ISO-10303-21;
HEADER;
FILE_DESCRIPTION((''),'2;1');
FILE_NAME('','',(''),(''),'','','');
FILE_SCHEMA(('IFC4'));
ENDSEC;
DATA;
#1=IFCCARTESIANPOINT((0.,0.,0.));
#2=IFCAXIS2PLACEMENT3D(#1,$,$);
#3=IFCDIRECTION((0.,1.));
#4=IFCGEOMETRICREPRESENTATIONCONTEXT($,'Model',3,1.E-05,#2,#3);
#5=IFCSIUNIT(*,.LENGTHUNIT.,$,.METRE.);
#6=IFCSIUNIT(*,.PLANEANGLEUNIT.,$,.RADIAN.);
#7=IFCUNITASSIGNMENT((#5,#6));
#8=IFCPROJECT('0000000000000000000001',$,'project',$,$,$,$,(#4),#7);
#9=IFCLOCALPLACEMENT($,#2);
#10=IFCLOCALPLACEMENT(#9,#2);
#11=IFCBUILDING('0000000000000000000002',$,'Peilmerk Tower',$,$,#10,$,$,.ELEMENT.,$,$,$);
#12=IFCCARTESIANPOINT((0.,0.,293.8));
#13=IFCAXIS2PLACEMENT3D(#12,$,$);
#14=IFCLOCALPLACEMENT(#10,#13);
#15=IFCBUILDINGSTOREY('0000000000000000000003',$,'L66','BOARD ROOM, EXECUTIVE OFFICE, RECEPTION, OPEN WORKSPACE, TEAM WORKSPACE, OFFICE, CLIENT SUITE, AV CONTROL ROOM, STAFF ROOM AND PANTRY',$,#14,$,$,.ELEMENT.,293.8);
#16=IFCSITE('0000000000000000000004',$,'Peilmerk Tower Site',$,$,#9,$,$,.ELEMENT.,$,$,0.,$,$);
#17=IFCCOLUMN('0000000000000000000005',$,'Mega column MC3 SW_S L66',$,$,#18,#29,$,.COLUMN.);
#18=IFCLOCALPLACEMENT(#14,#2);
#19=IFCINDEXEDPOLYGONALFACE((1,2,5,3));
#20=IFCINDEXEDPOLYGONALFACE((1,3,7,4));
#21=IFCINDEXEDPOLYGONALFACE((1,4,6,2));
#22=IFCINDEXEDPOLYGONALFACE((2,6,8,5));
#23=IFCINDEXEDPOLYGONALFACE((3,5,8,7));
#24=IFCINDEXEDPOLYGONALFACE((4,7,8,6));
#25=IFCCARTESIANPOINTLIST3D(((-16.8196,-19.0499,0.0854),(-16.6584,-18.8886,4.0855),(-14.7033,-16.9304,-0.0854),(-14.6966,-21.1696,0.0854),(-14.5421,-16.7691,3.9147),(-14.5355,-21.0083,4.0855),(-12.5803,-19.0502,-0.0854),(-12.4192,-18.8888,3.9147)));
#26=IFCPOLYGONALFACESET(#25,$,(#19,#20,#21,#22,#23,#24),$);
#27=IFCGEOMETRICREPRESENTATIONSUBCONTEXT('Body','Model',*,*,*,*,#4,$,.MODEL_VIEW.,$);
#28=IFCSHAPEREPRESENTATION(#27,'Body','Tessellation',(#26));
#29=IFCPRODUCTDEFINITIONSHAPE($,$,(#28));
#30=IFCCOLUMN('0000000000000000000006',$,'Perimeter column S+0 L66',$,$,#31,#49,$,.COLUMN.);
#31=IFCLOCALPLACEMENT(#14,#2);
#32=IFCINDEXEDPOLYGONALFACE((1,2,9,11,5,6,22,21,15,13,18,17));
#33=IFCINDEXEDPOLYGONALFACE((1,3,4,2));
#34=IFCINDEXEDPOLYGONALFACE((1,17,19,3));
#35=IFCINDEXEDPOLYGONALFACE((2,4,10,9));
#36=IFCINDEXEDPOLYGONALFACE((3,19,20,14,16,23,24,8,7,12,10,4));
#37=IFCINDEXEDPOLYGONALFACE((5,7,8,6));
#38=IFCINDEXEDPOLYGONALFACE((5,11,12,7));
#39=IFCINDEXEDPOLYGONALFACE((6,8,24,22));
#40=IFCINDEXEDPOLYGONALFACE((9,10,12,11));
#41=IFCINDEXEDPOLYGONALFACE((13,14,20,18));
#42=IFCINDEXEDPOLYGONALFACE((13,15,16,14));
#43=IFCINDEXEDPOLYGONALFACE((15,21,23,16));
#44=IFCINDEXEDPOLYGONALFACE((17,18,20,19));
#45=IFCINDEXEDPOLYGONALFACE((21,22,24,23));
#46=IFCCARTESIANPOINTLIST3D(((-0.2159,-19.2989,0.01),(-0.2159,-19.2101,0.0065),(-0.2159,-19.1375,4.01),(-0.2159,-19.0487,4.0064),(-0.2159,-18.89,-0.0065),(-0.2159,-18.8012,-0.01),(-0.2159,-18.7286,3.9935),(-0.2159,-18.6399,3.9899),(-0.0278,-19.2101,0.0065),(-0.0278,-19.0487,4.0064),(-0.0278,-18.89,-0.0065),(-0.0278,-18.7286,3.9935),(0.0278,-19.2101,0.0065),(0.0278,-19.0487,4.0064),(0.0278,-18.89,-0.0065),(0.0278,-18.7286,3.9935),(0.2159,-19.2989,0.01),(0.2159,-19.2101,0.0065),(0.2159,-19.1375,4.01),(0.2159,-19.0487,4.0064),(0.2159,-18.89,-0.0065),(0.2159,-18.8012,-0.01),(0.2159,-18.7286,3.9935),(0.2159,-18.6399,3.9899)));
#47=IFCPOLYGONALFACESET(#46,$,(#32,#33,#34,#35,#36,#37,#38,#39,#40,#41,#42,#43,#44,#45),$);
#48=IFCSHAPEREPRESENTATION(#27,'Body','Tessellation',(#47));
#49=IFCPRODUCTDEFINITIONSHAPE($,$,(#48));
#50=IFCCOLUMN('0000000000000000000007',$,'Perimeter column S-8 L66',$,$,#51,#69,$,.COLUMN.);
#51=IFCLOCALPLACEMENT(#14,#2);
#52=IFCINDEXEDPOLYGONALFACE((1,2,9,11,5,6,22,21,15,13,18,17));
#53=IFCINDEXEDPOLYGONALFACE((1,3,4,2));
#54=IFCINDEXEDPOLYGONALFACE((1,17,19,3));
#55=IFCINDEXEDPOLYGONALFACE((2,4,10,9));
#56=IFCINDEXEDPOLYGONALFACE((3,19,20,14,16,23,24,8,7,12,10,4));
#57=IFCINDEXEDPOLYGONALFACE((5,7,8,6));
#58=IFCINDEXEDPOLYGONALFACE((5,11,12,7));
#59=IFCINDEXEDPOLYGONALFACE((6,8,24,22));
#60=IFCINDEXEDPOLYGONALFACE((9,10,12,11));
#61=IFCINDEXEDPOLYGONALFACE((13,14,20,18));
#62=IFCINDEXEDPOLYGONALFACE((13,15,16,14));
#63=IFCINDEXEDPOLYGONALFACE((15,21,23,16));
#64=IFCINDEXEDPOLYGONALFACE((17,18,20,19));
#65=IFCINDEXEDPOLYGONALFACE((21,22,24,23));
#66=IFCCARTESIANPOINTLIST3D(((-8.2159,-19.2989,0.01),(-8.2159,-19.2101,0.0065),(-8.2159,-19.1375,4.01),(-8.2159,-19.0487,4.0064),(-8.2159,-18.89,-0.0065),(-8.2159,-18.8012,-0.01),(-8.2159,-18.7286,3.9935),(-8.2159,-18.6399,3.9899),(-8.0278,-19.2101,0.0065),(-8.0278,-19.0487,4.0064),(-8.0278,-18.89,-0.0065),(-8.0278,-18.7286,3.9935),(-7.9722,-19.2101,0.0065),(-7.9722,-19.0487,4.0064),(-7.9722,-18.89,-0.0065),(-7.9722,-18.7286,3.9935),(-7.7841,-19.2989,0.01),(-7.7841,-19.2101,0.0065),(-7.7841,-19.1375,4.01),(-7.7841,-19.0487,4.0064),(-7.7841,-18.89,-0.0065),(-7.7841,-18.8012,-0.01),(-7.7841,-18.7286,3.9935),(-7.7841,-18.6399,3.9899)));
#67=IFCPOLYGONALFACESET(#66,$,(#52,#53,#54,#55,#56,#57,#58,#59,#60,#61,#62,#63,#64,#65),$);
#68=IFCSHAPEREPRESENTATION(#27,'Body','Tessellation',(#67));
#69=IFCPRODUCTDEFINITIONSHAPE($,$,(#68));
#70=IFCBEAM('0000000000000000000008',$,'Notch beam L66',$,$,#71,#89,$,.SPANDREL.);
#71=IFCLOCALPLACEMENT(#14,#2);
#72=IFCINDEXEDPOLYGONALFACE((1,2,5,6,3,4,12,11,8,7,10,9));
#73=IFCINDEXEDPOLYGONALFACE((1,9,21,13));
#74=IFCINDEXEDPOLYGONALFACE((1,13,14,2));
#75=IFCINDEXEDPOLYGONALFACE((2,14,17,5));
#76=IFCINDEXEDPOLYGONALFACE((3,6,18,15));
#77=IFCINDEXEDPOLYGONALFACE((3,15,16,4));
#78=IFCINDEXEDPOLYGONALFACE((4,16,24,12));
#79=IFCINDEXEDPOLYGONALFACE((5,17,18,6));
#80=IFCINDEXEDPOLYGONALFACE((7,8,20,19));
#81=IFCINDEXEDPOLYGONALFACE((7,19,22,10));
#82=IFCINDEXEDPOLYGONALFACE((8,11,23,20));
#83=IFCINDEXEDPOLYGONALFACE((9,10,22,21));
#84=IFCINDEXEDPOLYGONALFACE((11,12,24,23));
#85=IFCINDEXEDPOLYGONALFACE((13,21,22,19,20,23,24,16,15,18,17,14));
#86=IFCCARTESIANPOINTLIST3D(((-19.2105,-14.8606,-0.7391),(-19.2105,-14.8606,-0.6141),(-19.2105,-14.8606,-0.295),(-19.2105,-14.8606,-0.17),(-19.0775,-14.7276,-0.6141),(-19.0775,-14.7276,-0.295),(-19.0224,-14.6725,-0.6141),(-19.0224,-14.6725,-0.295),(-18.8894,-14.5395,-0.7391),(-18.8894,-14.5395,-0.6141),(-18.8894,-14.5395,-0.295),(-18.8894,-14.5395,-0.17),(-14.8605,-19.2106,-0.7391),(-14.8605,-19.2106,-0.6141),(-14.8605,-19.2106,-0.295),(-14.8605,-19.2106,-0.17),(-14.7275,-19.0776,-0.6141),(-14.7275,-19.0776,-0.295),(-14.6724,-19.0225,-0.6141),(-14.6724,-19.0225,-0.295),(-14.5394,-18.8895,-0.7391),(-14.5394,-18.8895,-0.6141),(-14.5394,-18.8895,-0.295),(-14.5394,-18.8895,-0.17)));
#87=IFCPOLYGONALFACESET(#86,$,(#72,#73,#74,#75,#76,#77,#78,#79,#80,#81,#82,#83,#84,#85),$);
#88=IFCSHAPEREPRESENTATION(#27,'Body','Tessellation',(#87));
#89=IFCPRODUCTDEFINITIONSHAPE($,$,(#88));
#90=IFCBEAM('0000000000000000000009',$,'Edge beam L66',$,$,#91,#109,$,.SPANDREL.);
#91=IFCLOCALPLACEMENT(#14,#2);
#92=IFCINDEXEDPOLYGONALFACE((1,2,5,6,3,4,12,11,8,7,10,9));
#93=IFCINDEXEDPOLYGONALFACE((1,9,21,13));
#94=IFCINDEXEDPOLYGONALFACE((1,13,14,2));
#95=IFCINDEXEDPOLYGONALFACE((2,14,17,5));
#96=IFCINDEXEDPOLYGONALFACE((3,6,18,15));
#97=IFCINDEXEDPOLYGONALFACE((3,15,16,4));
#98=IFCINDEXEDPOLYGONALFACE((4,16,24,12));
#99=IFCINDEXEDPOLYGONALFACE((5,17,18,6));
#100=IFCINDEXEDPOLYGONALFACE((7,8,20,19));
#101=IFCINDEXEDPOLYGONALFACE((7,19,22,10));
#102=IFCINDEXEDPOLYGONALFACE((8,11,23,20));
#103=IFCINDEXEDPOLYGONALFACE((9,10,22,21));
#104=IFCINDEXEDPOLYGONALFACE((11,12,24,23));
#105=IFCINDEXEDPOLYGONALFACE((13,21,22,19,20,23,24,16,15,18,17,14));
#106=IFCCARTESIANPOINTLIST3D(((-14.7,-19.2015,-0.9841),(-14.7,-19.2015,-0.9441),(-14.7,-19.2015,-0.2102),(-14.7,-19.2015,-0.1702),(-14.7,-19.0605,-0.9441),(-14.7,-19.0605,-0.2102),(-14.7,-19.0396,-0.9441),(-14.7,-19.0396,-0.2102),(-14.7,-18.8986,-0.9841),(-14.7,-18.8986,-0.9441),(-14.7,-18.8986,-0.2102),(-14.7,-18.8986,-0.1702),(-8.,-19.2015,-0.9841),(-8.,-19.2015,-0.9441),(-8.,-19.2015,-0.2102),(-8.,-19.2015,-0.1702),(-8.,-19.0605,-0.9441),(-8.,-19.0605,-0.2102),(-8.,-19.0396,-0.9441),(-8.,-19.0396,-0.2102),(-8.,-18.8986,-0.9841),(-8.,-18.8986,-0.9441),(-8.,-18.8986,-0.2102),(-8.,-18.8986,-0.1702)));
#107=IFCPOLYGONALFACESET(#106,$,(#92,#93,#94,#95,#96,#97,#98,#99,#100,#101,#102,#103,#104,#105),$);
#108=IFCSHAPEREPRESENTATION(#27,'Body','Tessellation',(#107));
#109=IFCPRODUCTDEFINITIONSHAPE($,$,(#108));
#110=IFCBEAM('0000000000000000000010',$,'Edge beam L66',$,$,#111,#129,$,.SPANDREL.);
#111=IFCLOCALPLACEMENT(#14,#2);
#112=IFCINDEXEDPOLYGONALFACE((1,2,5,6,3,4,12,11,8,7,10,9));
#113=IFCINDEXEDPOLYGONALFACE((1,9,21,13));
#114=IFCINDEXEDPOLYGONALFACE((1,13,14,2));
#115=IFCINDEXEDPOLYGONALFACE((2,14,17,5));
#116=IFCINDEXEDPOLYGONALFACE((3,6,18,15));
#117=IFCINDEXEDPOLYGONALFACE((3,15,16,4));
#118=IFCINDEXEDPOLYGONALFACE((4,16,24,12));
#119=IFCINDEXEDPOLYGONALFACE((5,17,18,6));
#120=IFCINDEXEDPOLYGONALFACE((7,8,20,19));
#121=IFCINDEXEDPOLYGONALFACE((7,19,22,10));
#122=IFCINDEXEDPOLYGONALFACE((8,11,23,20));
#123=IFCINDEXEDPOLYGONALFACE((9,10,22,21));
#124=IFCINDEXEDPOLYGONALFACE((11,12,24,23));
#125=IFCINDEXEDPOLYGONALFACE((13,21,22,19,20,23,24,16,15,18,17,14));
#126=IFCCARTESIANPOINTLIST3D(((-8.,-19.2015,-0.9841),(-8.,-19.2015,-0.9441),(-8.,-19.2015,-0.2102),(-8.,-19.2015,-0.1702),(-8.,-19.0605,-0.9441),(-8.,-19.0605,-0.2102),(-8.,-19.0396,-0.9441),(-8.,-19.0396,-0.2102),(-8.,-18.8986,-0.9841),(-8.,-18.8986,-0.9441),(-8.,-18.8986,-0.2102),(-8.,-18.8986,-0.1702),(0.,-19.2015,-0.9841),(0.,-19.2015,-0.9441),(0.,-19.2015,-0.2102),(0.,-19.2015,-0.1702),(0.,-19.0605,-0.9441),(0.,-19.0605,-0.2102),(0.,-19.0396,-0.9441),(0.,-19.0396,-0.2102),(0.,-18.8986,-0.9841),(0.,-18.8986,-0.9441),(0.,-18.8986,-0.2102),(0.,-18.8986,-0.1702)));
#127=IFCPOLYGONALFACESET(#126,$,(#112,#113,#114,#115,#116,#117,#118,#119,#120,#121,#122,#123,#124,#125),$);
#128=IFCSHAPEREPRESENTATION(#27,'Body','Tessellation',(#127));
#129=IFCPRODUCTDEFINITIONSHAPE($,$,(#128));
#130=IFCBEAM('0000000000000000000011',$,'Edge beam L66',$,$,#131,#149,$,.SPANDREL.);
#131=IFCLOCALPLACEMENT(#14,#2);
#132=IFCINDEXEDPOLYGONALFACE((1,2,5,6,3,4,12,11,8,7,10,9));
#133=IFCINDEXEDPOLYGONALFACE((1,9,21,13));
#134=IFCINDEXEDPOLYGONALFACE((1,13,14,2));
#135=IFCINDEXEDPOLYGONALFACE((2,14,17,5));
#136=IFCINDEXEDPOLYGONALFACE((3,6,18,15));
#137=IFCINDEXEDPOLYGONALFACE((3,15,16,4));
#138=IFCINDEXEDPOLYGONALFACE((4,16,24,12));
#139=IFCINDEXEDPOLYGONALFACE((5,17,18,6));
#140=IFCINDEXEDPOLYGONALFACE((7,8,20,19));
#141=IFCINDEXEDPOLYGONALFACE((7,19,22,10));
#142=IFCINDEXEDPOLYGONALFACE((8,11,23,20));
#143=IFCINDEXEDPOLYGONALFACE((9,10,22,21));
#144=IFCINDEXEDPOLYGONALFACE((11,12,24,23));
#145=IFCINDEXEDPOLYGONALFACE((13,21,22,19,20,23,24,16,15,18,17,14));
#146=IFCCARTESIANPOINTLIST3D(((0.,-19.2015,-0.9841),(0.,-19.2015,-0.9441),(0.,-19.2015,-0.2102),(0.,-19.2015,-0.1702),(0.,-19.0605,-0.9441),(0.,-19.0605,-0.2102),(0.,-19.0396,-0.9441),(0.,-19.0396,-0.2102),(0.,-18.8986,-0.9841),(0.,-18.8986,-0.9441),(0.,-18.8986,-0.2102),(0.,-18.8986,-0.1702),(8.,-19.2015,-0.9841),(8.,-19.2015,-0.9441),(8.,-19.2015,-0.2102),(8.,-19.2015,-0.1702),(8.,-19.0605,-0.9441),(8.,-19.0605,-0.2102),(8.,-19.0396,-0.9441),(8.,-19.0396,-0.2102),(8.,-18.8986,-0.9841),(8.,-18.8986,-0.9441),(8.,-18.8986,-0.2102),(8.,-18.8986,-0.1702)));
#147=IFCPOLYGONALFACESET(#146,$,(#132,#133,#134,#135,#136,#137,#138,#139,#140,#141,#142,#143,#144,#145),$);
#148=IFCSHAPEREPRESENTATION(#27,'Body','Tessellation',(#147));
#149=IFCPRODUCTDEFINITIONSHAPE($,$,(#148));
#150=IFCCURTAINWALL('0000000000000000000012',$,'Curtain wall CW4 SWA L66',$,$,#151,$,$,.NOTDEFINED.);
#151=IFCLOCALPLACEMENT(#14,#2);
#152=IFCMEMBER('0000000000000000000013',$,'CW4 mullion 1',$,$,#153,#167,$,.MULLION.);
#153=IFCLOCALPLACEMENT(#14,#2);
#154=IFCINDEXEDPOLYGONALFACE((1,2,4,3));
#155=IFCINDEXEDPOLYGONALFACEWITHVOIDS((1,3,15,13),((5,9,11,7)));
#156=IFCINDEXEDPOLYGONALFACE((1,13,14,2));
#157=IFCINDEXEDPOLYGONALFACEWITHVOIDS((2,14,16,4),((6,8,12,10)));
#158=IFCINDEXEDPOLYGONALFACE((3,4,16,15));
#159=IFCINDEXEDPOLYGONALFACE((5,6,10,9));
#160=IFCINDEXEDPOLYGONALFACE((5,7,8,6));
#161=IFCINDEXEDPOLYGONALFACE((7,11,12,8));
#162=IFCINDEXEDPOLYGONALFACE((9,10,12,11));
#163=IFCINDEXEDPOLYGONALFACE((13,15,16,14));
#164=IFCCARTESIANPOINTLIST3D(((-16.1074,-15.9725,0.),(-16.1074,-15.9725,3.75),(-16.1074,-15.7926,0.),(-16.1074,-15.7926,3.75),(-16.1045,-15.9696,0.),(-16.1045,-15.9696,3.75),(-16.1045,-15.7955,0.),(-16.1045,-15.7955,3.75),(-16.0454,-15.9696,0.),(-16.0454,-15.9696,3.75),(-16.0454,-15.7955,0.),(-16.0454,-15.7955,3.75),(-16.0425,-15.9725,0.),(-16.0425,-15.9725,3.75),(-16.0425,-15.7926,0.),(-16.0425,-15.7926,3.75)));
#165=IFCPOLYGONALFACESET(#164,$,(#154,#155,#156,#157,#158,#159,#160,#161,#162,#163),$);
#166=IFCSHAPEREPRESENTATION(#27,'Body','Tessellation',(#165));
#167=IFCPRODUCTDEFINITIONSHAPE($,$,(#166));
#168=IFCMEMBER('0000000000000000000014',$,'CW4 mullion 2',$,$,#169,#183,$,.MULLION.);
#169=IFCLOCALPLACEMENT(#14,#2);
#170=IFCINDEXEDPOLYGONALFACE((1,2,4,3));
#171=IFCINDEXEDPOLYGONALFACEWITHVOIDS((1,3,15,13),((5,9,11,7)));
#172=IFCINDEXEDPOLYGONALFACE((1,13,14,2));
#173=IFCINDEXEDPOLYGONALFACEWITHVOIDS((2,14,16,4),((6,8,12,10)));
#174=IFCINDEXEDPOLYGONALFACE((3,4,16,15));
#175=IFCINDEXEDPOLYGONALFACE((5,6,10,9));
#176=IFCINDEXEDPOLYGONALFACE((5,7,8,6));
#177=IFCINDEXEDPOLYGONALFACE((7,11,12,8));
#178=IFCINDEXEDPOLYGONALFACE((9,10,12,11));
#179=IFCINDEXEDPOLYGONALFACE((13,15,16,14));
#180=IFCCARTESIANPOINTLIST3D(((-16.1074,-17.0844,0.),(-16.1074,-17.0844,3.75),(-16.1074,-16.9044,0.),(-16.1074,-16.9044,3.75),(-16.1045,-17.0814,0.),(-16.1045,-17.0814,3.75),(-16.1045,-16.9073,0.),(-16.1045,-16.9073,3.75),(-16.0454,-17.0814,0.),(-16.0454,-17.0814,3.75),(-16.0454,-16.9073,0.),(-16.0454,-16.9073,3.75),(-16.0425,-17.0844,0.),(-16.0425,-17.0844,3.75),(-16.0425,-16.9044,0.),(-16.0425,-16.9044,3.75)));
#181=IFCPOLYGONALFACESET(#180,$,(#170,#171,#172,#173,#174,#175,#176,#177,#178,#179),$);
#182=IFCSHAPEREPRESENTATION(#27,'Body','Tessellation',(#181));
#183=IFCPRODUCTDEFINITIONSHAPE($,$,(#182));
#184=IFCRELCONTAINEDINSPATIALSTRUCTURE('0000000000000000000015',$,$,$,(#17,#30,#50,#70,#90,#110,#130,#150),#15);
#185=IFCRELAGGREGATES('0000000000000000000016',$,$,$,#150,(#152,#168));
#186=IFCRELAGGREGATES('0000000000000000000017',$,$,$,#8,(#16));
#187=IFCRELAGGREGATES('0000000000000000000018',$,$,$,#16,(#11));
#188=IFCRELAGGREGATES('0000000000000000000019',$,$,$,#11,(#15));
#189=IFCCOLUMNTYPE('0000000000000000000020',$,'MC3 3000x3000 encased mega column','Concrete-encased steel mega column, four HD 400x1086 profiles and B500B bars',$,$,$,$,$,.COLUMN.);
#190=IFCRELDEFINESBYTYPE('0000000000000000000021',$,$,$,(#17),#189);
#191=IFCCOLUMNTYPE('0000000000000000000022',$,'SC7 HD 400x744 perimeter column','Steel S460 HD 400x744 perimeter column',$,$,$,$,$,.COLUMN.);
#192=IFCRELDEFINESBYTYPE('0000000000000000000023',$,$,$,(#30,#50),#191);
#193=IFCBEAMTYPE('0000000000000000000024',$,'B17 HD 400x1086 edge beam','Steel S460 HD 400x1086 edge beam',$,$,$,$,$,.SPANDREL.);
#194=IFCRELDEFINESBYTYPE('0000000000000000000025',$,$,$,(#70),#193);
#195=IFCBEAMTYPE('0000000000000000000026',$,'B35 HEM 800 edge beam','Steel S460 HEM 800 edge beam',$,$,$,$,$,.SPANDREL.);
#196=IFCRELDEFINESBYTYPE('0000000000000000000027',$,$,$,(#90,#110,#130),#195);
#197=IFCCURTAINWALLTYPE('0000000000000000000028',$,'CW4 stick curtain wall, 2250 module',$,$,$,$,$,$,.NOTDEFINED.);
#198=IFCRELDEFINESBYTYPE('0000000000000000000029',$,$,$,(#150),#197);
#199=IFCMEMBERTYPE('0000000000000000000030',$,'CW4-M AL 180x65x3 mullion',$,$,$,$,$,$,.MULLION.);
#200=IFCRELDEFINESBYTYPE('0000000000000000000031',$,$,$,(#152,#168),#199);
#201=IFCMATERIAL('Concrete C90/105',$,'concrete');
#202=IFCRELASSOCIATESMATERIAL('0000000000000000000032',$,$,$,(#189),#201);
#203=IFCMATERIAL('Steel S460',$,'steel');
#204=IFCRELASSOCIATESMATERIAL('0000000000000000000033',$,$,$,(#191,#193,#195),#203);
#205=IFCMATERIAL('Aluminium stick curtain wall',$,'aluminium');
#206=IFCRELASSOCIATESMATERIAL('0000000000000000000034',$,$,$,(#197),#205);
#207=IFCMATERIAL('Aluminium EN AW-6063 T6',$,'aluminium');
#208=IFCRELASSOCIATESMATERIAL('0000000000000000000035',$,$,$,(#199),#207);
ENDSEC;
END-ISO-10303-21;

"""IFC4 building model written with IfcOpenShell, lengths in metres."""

from ifc_helpers import new_model, si_unit, direction, frame, origin, origin_2d, place, context, subcontext, project, spatial, rectangle, hollow_rectangle, i_section, extrude, material, material_profile, profile_set, type_object, element, aggregate, save


model = new_model("IFC4")

# Units and contexts
model_context = context("Model", 3, precision=1e-05, world=origin(), true_north=direction((0.0, 1.0)))
body_context = subcontext(model_context, "Body", "Model", "MODEL_VIEW")
ifc_project = project(units=[si_unit("LENGTHUNIT", "METRE"), si_unit("PLANEANGLEUNIT", "RADIAN")], contexts=[model_context])

# Site, building, storey
site_placement = place(None, origin())
site = spatial("IfcSite", under=ifc_project, at=site_placement, Name="Peilmerk Tower Site", CompositionType="ELEMENT", RefElevation=0.0)
building_placement = place(site_placement, origin())
building = spatial("IfcBuilding", under=site, at=building_placement, Name="Peilmerk Tower", CompositionType="ELEMENT")
storey_placement = place(building_placement, frame((0.0, 0.0, 293.8)))
storey = spatial("IfcBuildingStorey", under=building, at=storey_placement, Name="L66", Description="BOARD ROOM, EXECUTIVE OFFICE, RECEPTION, OPEN WORKSPACE, TEAM WORKSPACE, OFFICE, CLIENT SUITE, AV CONTROL ROOM, STAFF ROOM AND PANTRY", CompositionType="ELEMENT", Elevation=293.8)

# Columns
ifc_material_1 = material(Name="Concrete C90/105", Category="concrete")
ifc_material_profile_1 = material_profile(ifc_material_1, rectangle(XDim=3.0, YDim=3.0, at=origin_2d()), Name="RC 3000x3000")
ifc_profile_set_1 = profile_set([ifc_material_profile_1], Name="Concrete C90/105")
column_type_1 = type_object("IfcColumnType", Name="MC3 3000x3000 encased mega column", Description="Concrete-encased steel mega column, four HD 400x1086 profiles and B500B bars", PredefinedType="COLUMN", material=ifc_profile_set_1)
column_placement = place(storey_placement, frame((-14.7, -19.05, 0.0), z_axis=(0.040218, 0.040279, 0.998379), x_axis=(-0.707642, 0.706571, 0.0)))
element("IfcColumn", 1, at=column_placement, inside=storey, type_object=column_type_1, Name="Mega column MC3 SW_S L66", PredefinedType="COLUMN", context=body_context, shape_type="SweptSolid", body=[
    extrude(rectangle(XDim=3.0, YDim=3.0, at=origin_2d()), origin(), (0.0, 0.0, 1.0), 4.0066),
])
ifc_material_2 = material(Name="Steel S460", Category="steel")
ifc_material_profile_2 = material_profile(ifc_material_2, i_section(OverallWidth=0.4319, OverallDepth=0.498, WebThickness=0.0557, FlangeThickness=0.0889, at=origin_2d()), Name="HD 400x744")
ifc_profile_set_2 = profile_set([ifc_material_profile_2], Name="Steel S460")
column_type_2 = type_object("IfcColumnType", Name="SC7 HD 400x744 perimeter column", Description="Steel S460 HD 400x744 perimeter column", PredefinedType="COLUMN", material=ifc_profile_set_2)
for number, where, z_axis, x_axis, name in (
    (2, (0.0, -19.05, 0.0), (0.0, 0.040311, 0.999187), (-1.0, 0.0, 0.0), "Perimeter column S+0 L66"),
    (3, (-8.0, -19.05, 0.0), (0.0, 0.040311, 0.999187), (-1.0, 0.0, 0.0), "Perimeter column S-8 L66"),
):
    element("IfcColumn", number, at=place(storey_placement, frame(where, z_axis=z_axis, x_axis=x_axis)), inside=storey, type_object=column_type_2, Name=name, PredefinedType="COLUMN", context=body_context, shape_type="SweptSolid", body=[
        extrude(i_section(OverallWidth=0.4319, OverallDepth=0.498, WebThickness=0.0557, FlangeThickness=0.0889, at=origin_2d()), origin(), (0.0, 0.0, 1.0), 4.0032),
    ])

# Beams
ifc_material_profile_3 = material_profile(ifc_material_2, i_section(OverallWidth=0.4541, OverallDepth=0.5691, WebThickness=0.0779, FlangeThickness=0.125, at=origin_2d()), Name="HD 400x1086")
ifc_profile_set_3 = profile_set([ifc_material_profile_3], Name="Steel S460")
beam_type_1 = type_object("IfcBeamType", Name="B17 HD 400x1086 edge beam", Description="Steel S460 HD 400x1086 edge beam", PredefinedType="SPANDREL", material=ifc_profile_set_3)
beam_1_placement = place(storey_placement, frame((-14.7, -19.05, -0.4546), z_axis=(-0.707107, 0.707107, 0.0), x_axis=(-0.707107, -0.707107, 0.0)))
element("IfcBeam", 4, at=beam_1_placement, inside=storey, type_object=beam_type_1, Name="Notch beam L66", PredefinedType="SPANDREL", context=body_context, shape_type="SweptSolid", body=[
    extrude(i_section(OverallWidth=0.4541, OverallDepth=0.5691, WebThickness=0.0779, FlangeThickness=0.125, at=origin_2d()), origin(), (0.0, 0.0, 1.0), 6.1519),
])
ifc_material_profile_4 = material_profile(ifc_material_2, i_section(OverallWidth=0.303, OverallDepth=0.814, WebThickness=0.021, FlangeThickness=0.04, at=origin_2d()), Name="HEM 800")
ifc_profile_set_4 = profile_set([ifc_material_profile_4], Name="Steel S460")
beam_type_2 = type_object("IfcBeamType", Name="B35 HEM 800 edge beam", Description="Steel S460 HEM 800 edge beam", PredefinedType="SPANDREL", material=ifc_profile_set_4)
beam_2_placement = place(storey_placement, frame((-14.7, -19.05, -0.5771), z_axis=(1.0, 0.0, 0.0), x_axis=(0.0, 1.0, 0.0)))
element("IfcBeam", 5, at=beam_2_placement, inside=storey, type_object=beam_type_2, Name="Edge beam L66", PredefinedType="SPANDREL", context=body_context, shape_type="SweptSolid", body=[
    extrude(i_section(OverallWidth=0.303, OverallDepth=0.814, WebThickness=0.021, FlangeThickness=0.04, at=origin_2d()), origin(), (0.0, 0.0, 1.0), 6.7),
])
for number, where, z_axis, x_axis, name in (
    (6, (-8.0, -19.05, -0.5771), (1.0, 0.0, 0.0), (0.0, 1.0, 0.0), "Edge beam L66"),
    (7, (0.0, -19.05, -0.5771), (1.0, 0.0, 0.0), (0.0, 1.0, 0.0), "Edge beam L66"),
):
    element("IfcBeam", number, at=place(storey_placement, frame(where, z_axis=z_axis, x_axis=x_axis)), inside=storey, type_object=beam_type_2, Name=name, PredefinedType="SPANDREL", context=body_context, shape_type="SweptSolid", body=[
        extrude(i_section(OverallWidth=0.303, OverallDepth=0.814, WebThickness=0.021, FlangeThickness=0.04, at=origin_2d()), origin(), (0.0, 0.0, 1.0), 8.0),
    ])

# Curtain wall, members
ifc_material_3 = material(Name="Aluminium stick curtain wall", Category="aluminium")
curtain_wall_type = type_object("IfcCurtainWallType", Name="CW4 stick curtain wall, 2250 module", PredefinedType="NOTDEFINED", material=ifc_material_3)
curtain_wall_placement = place(storey_placement, origin())
curtain_wall = element("IfcCurtainWall", 8, at=curtain_wall_placement, inside=storey, type_object=curtain_wall_type, Name="Curtain wall CW4 SWA L66", PredefinedType="NOTDEFINED")
ifc_material_4 = material(Name="Aluminium EN AW-6063 T6", Category="aluminium")
ifc_material_profile_5 = material_profile(ifc_material_4, hollow_rectangle(XDim=0.0649, YDim=0.1799, WallThickness=0.0029, at=origin_2d()), Name="AL 180x65x3")
ifc_profile_set_5 = profile_set([ifc_material_profile_5], Name="Aluminium EN AW-6063 T6")
member_type_1 = type_object("IfcMemberType", Name="CW4-M AL 180x65x3 mullion", PredefinedType="MULLION", material=ifc_profile_set_5)
member_1_placement = place(storey_placement, frame((-16.075, -15.8826, 0.0), z_axis=(0.0, 0.0, 1.0), x_axis=(1.0, 0.0, 0.0)))
member_1 = element("IfcMember", 9, at=member_1_placement, type_object=member_type_1, Name="CW4 mullion 1", PredefinedType="MULLION", context=body_context, shape_type="SweptSolid", body=[
    extrude(hollow_rectangle(XDim=0.0649, YDim=0.1799, WallThickness=0.0029, at=origin_2d()), origin(), (0.0, 0.0, 1.0), 3.75),
])
member_2_placement = place(storey_placement, frame((-16.075, -16.9944, 0.0), z_axis=(0.0, 0.0, 1.0), x_axis=(1.0, 0.0, 0.0)))
member_2 = element("IfcMember", 10, at=member_2_placement, type_object=member_type_1, Name="CW4 mullion 2", PredefinedType="MULLION", context=body_context, shape_type="SweptSolid", body=[
    extrude(hollow_rectangle(XDim=0.0649, YDim=0.1799, WallThickness=0.0029, at=origin_2d()), origin(), (0.0, 0.0, 1.0), 3.75),
])
aggregate(curtain_wall, [member_1, member_2])

save(model, "model.ifc")
